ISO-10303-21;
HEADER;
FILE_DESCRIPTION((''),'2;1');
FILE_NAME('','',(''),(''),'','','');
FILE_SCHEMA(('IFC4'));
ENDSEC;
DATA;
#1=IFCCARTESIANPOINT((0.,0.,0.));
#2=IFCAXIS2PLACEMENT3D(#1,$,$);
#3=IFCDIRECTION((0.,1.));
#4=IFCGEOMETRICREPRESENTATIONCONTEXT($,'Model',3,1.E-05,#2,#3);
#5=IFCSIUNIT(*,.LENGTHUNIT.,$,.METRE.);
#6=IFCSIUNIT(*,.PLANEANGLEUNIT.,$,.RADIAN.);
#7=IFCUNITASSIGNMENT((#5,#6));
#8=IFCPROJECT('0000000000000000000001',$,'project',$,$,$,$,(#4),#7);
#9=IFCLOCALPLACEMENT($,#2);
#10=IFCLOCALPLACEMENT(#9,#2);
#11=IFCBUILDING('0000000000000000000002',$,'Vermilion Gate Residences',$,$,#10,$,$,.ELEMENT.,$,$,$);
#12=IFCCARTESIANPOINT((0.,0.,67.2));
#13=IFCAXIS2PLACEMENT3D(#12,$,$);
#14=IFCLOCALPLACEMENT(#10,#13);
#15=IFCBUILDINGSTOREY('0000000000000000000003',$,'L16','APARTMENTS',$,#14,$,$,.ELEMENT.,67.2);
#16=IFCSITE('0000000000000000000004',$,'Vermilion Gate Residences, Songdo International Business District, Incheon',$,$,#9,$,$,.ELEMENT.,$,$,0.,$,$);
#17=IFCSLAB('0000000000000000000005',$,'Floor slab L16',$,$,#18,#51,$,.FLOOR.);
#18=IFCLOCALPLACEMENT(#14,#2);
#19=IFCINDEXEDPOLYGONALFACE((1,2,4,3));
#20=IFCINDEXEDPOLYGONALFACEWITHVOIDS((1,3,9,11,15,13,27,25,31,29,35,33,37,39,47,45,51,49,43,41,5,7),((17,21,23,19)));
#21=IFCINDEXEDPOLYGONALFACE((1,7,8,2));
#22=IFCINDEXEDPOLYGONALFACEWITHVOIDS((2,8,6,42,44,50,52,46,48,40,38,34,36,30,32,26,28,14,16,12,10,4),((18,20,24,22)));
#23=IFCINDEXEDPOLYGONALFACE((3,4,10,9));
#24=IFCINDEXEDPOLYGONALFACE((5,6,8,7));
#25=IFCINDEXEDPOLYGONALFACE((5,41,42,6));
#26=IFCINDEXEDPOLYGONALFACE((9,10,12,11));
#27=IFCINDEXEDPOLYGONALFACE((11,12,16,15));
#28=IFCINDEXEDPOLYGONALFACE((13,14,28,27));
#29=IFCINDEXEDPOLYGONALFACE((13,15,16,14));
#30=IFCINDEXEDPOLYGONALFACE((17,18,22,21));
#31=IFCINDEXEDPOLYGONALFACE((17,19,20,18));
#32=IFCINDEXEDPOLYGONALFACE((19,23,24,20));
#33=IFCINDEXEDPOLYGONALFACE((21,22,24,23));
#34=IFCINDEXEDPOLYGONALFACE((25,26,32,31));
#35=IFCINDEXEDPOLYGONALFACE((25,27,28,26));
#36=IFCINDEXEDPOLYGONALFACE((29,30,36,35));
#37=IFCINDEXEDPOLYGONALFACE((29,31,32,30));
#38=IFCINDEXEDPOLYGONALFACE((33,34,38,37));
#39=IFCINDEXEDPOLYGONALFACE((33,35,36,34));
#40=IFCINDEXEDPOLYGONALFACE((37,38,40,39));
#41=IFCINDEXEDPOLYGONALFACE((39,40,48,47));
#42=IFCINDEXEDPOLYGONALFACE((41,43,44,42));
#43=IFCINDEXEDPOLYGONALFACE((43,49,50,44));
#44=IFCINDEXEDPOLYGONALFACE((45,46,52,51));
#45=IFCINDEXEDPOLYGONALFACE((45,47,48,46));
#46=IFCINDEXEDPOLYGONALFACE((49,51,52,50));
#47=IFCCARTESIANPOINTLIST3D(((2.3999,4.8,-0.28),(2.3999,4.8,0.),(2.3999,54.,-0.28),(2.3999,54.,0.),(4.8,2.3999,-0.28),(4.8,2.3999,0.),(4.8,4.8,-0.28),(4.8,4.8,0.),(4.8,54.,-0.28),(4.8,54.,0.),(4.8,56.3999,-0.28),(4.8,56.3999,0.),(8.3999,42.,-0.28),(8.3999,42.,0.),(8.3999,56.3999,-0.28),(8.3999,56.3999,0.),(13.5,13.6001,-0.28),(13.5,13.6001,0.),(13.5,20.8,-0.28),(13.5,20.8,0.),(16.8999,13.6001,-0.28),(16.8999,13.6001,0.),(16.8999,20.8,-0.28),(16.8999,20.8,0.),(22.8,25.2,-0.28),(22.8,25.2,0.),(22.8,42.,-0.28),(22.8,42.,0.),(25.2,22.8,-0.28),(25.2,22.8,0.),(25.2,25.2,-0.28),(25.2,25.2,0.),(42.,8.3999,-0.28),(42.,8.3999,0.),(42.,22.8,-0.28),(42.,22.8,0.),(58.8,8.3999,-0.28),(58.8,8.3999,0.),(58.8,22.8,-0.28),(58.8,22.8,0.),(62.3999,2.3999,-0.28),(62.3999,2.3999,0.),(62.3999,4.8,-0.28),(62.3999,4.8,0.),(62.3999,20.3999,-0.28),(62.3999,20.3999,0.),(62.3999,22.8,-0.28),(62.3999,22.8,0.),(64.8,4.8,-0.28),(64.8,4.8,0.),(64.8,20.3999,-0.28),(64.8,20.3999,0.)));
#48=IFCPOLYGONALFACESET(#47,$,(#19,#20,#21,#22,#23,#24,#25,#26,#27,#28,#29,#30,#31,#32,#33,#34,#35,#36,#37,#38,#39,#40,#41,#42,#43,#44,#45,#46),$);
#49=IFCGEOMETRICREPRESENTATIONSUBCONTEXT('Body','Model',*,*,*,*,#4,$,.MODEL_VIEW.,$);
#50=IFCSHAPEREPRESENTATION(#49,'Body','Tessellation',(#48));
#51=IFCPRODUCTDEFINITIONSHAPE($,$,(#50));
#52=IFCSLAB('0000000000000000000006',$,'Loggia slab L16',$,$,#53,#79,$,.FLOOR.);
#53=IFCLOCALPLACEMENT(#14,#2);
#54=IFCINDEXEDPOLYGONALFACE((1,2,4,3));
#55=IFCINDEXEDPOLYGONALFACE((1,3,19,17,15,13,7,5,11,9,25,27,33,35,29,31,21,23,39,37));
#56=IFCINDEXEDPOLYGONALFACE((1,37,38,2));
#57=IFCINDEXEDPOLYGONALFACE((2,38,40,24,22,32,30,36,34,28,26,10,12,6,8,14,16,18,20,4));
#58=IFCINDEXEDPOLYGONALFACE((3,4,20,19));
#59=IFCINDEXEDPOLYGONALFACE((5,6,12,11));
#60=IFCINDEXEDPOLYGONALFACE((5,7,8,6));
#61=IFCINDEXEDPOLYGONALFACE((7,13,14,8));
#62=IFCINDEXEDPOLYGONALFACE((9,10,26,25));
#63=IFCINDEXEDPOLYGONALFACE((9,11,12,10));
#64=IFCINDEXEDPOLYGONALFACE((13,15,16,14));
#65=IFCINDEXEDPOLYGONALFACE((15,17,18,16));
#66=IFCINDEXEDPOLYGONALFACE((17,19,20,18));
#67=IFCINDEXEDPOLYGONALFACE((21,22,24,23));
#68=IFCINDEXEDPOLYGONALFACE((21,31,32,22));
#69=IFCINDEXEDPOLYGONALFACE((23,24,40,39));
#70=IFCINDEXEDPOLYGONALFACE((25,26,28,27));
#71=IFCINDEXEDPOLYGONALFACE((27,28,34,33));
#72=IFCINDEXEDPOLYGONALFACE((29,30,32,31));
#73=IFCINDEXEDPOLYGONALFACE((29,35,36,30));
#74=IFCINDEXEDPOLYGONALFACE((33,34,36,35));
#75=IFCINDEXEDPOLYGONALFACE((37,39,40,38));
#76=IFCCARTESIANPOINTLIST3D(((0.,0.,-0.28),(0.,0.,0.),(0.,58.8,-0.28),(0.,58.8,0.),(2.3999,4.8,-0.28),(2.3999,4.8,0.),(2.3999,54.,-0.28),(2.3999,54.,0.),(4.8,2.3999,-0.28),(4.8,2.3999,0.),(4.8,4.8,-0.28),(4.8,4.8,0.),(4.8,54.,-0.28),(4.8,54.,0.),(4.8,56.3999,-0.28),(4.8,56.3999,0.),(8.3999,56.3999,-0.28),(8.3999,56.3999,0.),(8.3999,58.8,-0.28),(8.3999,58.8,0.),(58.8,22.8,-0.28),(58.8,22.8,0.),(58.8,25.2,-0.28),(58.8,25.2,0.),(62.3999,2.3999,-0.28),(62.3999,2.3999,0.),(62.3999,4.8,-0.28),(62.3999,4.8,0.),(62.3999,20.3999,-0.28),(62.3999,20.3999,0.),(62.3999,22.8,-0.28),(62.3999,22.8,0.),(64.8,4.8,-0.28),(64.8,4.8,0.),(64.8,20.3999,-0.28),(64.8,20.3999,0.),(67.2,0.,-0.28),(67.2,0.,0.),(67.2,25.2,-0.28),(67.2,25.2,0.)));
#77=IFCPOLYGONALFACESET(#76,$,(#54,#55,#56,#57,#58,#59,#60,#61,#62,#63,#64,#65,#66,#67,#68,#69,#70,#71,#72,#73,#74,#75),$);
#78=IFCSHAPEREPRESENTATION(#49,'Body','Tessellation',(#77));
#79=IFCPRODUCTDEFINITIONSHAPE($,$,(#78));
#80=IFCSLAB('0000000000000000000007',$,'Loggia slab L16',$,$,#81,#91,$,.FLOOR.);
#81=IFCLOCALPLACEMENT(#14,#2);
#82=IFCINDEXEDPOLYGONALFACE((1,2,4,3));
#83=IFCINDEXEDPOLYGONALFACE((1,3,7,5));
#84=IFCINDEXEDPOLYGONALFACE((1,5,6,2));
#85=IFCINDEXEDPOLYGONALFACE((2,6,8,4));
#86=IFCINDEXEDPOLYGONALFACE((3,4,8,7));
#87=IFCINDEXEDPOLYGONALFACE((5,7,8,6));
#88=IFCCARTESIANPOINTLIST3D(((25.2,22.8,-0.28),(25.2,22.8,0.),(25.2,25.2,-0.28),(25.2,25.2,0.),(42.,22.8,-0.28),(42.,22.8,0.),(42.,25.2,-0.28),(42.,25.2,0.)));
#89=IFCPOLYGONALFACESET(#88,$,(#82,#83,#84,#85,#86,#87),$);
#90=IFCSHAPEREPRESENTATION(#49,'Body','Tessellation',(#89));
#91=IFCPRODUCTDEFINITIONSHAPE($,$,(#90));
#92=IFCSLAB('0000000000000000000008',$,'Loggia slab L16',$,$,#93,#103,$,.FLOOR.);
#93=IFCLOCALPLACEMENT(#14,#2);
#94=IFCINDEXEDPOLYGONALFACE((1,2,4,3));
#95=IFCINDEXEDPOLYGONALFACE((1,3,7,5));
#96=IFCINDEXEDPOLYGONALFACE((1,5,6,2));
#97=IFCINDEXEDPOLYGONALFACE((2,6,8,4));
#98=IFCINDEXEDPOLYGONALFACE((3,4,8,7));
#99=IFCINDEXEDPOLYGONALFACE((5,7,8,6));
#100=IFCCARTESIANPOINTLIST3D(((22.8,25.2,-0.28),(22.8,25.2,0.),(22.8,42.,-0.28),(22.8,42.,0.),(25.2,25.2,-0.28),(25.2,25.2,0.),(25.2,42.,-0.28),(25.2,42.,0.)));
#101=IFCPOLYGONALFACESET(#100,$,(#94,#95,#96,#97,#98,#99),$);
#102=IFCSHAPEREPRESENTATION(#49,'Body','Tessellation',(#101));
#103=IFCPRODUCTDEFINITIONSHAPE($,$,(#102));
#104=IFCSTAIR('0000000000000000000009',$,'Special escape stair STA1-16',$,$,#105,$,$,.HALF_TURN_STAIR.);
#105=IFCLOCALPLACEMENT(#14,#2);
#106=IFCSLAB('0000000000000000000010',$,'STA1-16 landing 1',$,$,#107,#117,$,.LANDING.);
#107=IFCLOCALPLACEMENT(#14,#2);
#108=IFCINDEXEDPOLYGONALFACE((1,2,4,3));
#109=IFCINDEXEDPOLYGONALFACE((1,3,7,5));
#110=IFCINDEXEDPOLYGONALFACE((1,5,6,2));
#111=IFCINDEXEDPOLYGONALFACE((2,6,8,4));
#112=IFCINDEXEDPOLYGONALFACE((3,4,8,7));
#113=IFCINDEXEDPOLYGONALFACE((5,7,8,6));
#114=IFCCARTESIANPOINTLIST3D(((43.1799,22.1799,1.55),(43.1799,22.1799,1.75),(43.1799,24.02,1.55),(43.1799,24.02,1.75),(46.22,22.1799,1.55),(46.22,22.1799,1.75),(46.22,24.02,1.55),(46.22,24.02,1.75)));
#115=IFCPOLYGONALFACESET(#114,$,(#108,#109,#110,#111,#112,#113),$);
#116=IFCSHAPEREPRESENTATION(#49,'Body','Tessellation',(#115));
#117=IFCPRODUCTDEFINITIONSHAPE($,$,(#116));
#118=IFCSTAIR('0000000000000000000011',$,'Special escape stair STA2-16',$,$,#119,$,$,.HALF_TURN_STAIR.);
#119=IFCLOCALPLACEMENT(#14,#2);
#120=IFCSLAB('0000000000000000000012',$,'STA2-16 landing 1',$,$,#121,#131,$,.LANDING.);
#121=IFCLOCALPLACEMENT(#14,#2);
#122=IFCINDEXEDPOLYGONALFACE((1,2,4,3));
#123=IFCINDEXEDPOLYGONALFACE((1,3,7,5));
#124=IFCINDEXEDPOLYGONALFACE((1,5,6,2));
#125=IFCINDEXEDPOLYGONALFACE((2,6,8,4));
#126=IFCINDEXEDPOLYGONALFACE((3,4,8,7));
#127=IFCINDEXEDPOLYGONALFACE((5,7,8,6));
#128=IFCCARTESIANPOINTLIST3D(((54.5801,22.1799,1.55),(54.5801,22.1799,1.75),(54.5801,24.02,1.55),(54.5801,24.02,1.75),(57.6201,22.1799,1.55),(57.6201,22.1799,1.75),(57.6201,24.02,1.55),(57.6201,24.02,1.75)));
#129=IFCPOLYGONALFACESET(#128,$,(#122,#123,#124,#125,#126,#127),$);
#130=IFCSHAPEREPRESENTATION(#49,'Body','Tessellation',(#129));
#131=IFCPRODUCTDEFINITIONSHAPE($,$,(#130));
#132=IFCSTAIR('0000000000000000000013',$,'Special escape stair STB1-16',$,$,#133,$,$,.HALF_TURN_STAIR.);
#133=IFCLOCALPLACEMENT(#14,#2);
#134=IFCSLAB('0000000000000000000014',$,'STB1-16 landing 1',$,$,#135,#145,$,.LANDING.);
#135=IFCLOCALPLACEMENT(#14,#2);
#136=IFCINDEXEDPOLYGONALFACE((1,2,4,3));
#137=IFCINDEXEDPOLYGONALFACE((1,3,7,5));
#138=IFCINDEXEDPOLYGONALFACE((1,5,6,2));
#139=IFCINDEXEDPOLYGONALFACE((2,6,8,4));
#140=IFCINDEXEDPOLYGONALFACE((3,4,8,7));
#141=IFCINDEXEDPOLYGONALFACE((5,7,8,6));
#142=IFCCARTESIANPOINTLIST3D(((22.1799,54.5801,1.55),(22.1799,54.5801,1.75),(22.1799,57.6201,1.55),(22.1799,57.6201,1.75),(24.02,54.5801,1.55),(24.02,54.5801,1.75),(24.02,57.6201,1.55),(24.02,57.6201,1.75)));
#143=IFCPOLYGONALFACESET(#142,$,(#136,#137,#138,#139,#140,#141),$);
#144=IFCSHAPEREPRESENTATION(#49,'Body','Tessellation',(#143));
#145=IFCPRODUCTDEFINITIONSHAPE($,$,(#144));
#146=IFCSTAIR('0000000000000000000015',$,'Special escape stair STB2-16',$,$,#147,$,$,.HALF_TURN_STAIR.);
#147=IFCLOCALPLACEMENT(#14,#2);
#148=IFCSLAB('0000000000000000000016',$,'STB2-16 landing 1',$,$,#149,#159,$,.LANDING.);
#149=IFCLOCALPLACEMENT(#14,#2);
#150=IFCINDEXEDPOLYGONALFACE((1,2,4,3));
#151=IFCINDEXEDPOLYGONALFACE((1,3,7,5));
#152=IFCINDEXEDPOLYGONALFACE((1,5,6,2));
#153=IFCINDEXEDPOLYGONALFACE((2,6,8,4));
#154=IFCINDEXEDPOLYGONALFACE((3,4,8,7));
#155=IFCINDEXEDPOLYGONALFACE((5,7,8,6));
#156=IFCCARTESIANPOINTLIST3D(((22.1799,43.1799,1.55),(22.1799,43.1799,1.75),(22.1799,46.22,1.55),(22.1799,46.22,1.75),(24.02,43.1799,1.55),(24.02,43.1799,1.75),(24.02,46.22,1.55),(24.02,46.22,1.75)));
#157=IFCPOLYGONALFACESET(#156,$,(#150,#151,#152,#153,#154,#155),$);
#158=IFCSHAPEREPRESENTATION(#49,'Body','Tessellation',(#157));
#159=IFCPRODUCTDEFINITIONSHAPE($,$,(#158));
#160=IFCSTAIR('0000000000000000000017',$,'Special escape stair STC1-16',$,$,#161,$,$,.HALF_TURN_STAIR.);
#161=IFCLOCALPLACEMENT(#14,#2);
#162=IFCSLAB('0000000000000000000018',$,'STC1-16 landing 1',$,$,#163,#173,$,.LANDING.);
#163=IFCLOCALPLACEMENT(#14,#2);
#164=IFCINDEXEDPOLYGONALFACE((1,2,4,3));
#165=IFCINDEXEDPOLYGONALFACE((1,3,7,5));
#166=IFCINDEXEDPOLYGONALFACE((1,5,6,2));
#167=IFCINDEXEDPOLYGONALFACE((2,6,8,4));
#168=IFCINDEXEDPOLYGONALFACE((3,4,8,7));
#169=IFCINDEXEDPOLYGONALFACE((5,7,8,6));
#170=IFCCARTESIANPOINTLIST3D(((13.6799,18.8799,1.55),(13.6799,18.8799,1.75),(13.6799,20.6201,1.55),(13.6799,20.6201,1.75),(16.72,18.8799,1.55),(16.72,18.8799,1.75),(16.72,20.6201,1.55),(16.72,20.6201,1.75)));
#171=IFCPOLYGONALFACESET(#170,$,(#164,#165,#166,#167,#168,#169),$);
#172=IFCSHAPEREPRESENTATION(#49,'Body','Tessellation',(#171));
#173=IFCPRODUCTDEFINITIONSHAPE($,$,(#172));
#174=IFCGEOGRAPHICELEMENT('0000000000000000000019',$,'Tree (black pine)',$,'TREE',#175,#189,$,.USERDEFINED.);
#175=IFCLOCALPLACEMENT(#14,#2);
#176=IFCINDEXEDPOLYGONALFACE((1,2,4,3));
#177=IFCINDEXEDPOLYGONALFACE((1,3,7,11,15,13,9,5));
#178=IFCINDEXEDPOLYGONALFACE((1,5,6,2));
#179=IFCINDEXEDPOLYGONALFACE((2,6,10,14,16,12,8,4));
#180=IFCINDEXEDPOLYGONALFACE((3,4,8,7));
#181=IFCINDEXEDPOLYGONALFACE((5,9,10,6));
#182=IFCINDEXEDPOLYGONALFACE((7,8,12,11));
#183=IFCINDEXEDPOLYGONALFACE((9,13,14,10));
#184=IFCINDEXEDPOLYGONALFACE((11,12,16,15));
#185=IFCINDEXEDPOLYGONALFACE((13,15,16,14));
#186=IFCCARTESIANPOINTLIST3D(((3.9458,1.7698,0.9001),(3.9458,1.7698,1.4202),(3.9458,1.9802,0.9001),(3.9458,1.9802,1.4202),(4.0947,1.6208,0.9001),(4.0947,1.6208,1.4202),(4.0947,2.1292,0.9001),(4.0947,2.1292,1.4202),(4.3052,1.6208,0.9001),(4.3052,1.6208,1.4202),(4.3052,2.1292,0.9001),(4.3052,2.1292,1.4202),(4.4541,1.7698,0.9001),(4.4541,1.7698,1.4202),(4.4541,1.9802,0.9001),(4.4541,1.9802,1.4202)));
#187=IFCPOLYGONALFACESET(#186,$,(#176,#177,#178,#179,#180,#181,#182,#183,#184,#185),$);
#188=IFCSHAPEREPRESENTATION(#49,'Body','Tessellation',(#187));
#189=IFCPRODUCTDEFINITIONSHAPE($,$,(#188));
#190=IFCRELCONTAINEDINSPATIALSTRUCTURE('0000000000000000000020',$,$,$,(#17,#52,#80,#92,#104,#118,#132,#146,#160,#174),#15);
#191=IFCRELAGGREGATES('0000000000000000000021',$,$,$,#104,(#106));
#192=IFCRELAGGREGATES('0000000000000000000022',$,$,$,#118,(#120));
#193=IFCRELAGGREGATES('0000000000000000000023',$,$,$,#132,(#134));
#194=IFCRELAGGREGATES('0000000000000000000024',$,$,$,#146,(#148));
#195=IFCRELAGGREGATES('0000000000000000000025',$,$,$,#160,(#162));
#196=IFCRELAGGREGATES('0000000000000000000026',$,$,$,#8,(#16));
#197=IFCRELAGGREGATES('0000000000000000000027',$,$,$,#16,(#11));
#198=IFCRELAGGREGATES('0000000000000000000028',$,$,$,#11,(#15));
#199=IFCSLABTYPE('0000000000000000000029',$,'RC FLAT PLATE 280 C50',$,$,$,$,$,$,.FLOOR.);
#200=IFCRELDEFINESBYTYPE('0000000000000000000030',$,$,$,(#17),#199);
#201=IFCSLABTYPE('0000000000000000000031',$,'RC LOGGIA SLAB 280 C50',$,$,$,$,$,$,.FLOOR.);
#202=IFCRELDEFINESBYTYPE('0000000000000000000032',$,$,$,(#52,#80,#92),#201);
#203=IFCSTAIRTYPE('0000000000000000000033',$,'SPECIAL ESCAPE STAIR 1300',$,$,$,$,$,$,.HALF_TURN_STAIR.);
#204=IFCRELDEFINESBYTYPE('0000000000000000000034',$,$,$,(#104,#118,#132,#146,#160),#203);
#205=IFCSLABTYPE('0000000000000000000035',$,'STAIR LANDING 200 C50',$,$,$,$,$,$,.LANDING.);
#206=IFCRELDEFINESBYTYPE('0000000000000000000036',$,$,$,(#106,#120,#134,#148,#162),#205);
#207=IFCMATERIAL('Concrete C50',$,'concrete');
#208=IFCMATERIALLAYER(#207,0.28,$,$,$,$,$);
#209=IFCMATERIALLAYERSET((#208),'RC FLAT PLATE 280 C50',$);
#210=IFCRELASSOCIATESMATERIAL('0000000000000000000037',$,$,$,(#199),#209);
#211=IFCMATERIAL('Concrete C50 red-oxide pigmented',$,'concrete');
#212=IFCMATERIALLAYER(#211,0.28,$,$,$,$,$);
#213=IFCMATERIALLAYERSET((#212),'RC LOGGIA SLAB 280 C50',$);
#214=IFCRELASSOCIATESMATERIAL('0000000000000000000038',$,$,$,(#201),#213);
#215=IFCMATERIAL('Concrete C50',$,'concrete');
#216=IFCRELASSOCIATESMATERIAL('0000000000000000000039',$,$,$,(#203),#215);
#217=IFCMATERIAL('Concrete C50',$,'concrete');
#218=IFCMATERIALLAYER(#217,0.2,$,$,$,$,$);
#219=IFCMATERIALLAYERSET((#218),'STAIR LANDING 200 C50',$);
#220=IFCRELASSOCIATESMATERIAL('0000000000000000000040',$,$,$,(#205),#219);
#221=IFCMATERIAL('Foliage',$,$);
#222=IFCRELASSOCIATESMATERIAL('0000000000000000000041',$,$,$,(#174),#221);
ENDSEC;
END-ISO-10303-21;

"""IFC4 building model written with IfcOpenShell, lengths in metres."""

from ifc_helpers import new_model, si_unit, direction, frame, origin, place, context, subcontext, project, spatial, polyline, outline, extrude, material, layer, layer_set, type_object, element, aggregate, save


model = new_model("IFC4")

# Units and contexts
model_context = context("Model", 3, precision=1e-05, world=origin(), true_north=direction((0.0, 1.0)))
body_context = subcontext(model_context, "Body", "Model", "MODEL_VIEW")
ifc_project = project(units=[si_unit("LENGTHUNIT", "METRE"), si_unit("PLANEANGLEUNIT", "RADIAN")], contexts=[model_context])

# Site, building, storey
site_placement = place(None, origin())
site = spatial("IfcSite", under=ifc_project, at=site_placement, Name="Vermilion Gate Residences, Songdo International Business District, Incheon", CompositionType="ELEMENT", RefElevation=0.0)
building_placement = place(site_placement, origin())
building = spatial("IfcBuilding", under=site, at=building_placement, Name="Vermilion Gate Residences", CompositionType="ELEMENT")
storey_placement = place(building_placement, frame((0.0, 0.0, 67.2)))
storey = spatial("IfcBuildingStorey", under=building, at=storey_placement, Name="L16", Description="APARTMENTS", CompositionType="ELEMENT", Elevation=67.2)

# Slabs
ifc_material_1 = material(Name="Concrete C50", Category="concrete")
ifc_layer_1 = layer(ifc_material_1, 0.28)
ifc_layer_set_1 = layer_set([ifc_layer_1], Name="RC FLAT PLATE 280 C50")
slab_type_1 = type_object("IfcSlabType", Name="RC FLAT PLATE 280 C50", PredefinedType="FLOOR", material=ifc_layer_set_1)
slab_1_placement = place(storey_placement, frame((0.0, 0.0, -0.28)))
element("IfcSlab", 1, at=slab_1_placement, inside=storey, type_object=slab_type_1, Name="Floor slab L16", PredefinedType="FLOOR", context=body_context, shape_type="SweptSolid", body=[
    extrude(outline(polyline([(22.8, 25.2), (22.8, 42.0), (8.3999, 42.0), (8.3999, 56.3999), (4.8, 56.3999), (4.8, 54.0), (2.3999, 54.0), (2.3999, 4.8), (4.8, 4.8), (4.8, 2.3999), (62.3999, 2.3999), (62.3999, 4.8), (64.8, 4.8), (64.8, 20.3999), (62.3999, 20.3999), (62.3999, 22.8), (58.8, 22.8), (58.8, 8.3999), (42.0, 8.3999), (42.0, 22.8), (25.2, 22.8), (25.2, 25.2), (22.8, 25.2)]), holes=[polyline([(13.5, 13.6001), (13.5, 20.8), (16.8999, 20.8), (16.8999, 13.6001), (13.5, 13.6001)])]), origin(), (0.0, 0.0, 1.0), 0.28),
])
ifc_material_2 = material(Name="Concrete C50 red-oxide pigmented", Category="concrete")
ifc_layer_2 = layer(ifc_material_2, 0.28)
ifc_layer_set_2 = layer_set([ifc_layer_2], Name="RC LOGGIA SLAB 280 C50")
slab_type_2 = type_object("IfcSlabType", Name="RC LOGGIA SLAB 280 C50", PredefinedType="FLOOR", material=ifc_layer_set_2)
slab_2_placement = place(storey_placement, frame((0.0, 0.0, -0.28)))
element("IfcSlab", 2, at=slab_2_placement, inside=storey, type_object=slab_type_2, Name="Loggia slab L16", PredefinedType="FLOOR", context=body_context, shape_type="SweptSolid", body=[
    extrude(outline(polyline([(0.0, 58.8), (0.0, 0.0), (67.2, 0.0), (67.2, 25.2), (58.8, 25.2), (58.8, 22.8), (62.3999, 22.8), (62.3999, 20.3999), (64.8, 20.3999), (64.8, 4.8), (62.3999, 4.8), (62.3999, 2.3999), (4.8, 2.3999), (4.8, 4.8), (2.3999, 4.8), (2.3999, 54.0), (4.8, 54.0), (4.8, 56.3999), (8.3999, 56.3999), (8.3999, 58.8), (0.0, 58.8)])), origin(), (0.0, 0.0, 1.0), 0.28),
])
slab_3_placement = place(storey_placement, frame((0.0, 0.0, -0.28)))
element("IfcSlab", 3, at=slab_3_placement, inside=storey, type_object=slab_type_2, Name="Loggia slab L16", PredefinedType="FLOOR", context=body_context, shape_type="SweptSolid", body=[
    extrude(outline(polyline([(25.2, 22.8), (42.0, 22.8), (42.0, 25.2), (25.2, 25.2), (25.2, 22.8)])), origin(), (0.0, 0.0, 1.0), 0.28),
])
slab_4_placement = place(storey_placement, frame((0.0, 0.0, -0.28)))
element("IfcSlab", 4, at=slab_4_placement, inside=storey, type_object=slab_type_2, Name="Loggia slab L16", PredefinedType="FLOOR", context=body_context, shape_type="SweptSolid", body=[
    extrude(outline(polyline([(22.8, 42.0), (22.8, 25.2), (25.2, 25.2), (25.2, 42.0), (22.8, 42.0)])), origin(), (0.0, 0.0, 1.0), 0.28),
])

# Stairs, slabs
ifc_material_3 = material(Name="Concrete C50", Category="concrete")
stair_type = type_object("IfcStairType", Name="SPECIAL ESCAPE STAIR 1300", PredefinedType="HALF_TURN_STAIR", material=ifc_material_3)
stair_1_placement = place(storey_placement, origin())
stair_1 = element("IfcStair", 5, at=stair_1_placement, inside=storey, type_object=stair_type, Name="Special escape stair STA1-16", PredefinedType="HALF_TURN_STAIR")
ifc_material_4 = material(Name="Concrete C50", Category="concrete")
ifc_layer_3 = layer(ifc_material_4, 0.2)
ifc_layer_set_3 = layer_set([ifc_layer_3], Name="STAIR LANDING 200 C50")
slab_type_3 = type_object("IfcSlabType", Name="STAIR LANDING 200 C50", PredefinedType="LANDING", material=ifc_layer_set_3)
slab_5_placement = place(storey_placement, frame((0.0, 0.0, 1.55)))
slab_5 = element("IfcSlab", 6, at=slab_5_placement, type_object=slab_type_3, Name="STA1-16 landing 1", PredefinedType="LANDING", context=body_context, shape_type="SweptSolid", body=[
    extrude(outline(polyline([(46.22, 22.1799), (46.22, 24.02), (43.1799, 24.02), (43.1799, 22.1799), (46.22, 22.1799)])), origin(), (0.0, 0.0, 1.0), 0.2),
])
aggregate(stair_1, [slab_5])
stair_2_placement = place(storey_placement, origin())
stair_2 = element("IfcStair", 7, at=stair_2_placement, inside=storey, type_object=stair_type, Name="Special escape stair STA2-16", PredefinedType="HALF_TURN_STAIR")
slab_6_placement = place(storey_placement, frame((0.0, 0.0, 1.55)))
slab_6 = element("IfcSlab", 8, at=slab_6_placement, type_object=slab_type_3, Name="STA2-16 landing 1", PredefinedType="LANDING", context=body_context, shape_type="SweptSolid", body=[
    extrude(outline(polyline([(57.6201, 22.1799), (57.6201, 24.02), (54.5801, 24.02), (54.5801, 22.1799), (57.6201, 22.1799)])), origin(), (0.0, 0.0, 1.0), 0.2),
])
aggregate(stair_2, [slab_6])
stair_3_placement = place(storey_placement, origin())
stair_3 = element("IfcStair", 9, at=stair_3_placement, inside=storey, type_object=stair_type, Name="Special escape stair STB1-16", PredefinedType="HALF_TURN_STAIR")
slab_7_placement = place(storey_placement, frame((0.0, 0.0, 1.55)))
slab_7 = element("IfcSlab", 10, at=slab_7_placement, type_object=slab_type_3, Name="STB1-16 landing 1", PredefinedType="LANDING", context=body_context, shape_type="SweptSolid", body=[
    extrude(outline(polyline([(24.02, 54.5801), (24.02, 57.6201), (22.1799, 57.6201), (22.1799, 54.5801), (24.02, 54.5801)])), origin(), (0.0, 0.0, 1.0), 0.2),
])
aggregate(stair_3, [slab_7])
stair_4_placement = place(storey_placement, origin())
stair_4 = element("IfcStair", 11, at=stair_4_placement, inside=storey, type_object=stair_type, Name="Special escape stair STB2-16", PredefinedType="HALF_TURN_STAIR")
slab_8_placement = place(storey_placement, frame((0.0, 0.0, 1.55)))
slab_8 = element("IfcSlab", 12, at=slab_8_placement, type_object=slab_type_3, Name="STB2-16 landing 1", PredefinedType="LANDING", context=body_context, shape_type="SweptSolid", body=[
    extrude(outline(polyline([(24.02, 43.1799), (24.02, 46.22), (22.1799, 46.22), (22.1799, 43.1799), (24.02, 43.1799)])), origin(), (0.0, 0.0, 1.0), 0.2),
])
aggregate(stair_4, [slab_8])
stair_5_placement = place(storey_placement, origin())
stair_5 = element("IfcStair", 13, at=stair_5_placement, inside=storey, type_object=stair_type, Name="Special escape stair STC1-16", PredefinedType="HALF_TURN_STAIR")
slab_9_placement = place(storey_placement, frame((0.0, 0.0, 1.55)))
slab_9 = element("IfcSlab", 14, at=slab_9_placement, type_object=slab_type_3, Name="STC1-16 landing 1", PredefinedType="LANDING", context=body_context, shape_type="SweptSolid", body=[
    extrude(outline(polyline([(16.72, 18.8799), (16.72, 20.6201), (13.6799, 20.6201), (13.6799, 18.8799), (16.72, 18.8799)])), origin(), (0.0, 0.0, 1.0), 0.2),
])
aggregate(stair_5, [slab_9])

# Geographic element
ifc_material_5 = material(Name="Foliage")
geographic_element_1_placement = place(storey_placement, frame((0.0, 0.0, 0.9001)))
element("IfcGeographicElement", 15, at=geographic_element_1_placement, inside=storey, material=ifc_material_5, Name="Tree (black pine)", ObjectType="TREE", PredefinedType="USERDEFINED", context=body_context, shape_type="SweptSolid", body=[
    extrude(outline(polyline([(4.4541, 1.9802), (4.3052, 2.1292), (4.0947, 2.1292), (3.9458, 1.9802), (3.9458, 1.7698), (4.0947, 1.6208), (4.3052, 1.6208), (4.4541, 1.7698), (4.4541, 1.9802)])), origin(), (0.0, 0.0, 1.0), 0.52),
])

save(model, "model.ifc")
